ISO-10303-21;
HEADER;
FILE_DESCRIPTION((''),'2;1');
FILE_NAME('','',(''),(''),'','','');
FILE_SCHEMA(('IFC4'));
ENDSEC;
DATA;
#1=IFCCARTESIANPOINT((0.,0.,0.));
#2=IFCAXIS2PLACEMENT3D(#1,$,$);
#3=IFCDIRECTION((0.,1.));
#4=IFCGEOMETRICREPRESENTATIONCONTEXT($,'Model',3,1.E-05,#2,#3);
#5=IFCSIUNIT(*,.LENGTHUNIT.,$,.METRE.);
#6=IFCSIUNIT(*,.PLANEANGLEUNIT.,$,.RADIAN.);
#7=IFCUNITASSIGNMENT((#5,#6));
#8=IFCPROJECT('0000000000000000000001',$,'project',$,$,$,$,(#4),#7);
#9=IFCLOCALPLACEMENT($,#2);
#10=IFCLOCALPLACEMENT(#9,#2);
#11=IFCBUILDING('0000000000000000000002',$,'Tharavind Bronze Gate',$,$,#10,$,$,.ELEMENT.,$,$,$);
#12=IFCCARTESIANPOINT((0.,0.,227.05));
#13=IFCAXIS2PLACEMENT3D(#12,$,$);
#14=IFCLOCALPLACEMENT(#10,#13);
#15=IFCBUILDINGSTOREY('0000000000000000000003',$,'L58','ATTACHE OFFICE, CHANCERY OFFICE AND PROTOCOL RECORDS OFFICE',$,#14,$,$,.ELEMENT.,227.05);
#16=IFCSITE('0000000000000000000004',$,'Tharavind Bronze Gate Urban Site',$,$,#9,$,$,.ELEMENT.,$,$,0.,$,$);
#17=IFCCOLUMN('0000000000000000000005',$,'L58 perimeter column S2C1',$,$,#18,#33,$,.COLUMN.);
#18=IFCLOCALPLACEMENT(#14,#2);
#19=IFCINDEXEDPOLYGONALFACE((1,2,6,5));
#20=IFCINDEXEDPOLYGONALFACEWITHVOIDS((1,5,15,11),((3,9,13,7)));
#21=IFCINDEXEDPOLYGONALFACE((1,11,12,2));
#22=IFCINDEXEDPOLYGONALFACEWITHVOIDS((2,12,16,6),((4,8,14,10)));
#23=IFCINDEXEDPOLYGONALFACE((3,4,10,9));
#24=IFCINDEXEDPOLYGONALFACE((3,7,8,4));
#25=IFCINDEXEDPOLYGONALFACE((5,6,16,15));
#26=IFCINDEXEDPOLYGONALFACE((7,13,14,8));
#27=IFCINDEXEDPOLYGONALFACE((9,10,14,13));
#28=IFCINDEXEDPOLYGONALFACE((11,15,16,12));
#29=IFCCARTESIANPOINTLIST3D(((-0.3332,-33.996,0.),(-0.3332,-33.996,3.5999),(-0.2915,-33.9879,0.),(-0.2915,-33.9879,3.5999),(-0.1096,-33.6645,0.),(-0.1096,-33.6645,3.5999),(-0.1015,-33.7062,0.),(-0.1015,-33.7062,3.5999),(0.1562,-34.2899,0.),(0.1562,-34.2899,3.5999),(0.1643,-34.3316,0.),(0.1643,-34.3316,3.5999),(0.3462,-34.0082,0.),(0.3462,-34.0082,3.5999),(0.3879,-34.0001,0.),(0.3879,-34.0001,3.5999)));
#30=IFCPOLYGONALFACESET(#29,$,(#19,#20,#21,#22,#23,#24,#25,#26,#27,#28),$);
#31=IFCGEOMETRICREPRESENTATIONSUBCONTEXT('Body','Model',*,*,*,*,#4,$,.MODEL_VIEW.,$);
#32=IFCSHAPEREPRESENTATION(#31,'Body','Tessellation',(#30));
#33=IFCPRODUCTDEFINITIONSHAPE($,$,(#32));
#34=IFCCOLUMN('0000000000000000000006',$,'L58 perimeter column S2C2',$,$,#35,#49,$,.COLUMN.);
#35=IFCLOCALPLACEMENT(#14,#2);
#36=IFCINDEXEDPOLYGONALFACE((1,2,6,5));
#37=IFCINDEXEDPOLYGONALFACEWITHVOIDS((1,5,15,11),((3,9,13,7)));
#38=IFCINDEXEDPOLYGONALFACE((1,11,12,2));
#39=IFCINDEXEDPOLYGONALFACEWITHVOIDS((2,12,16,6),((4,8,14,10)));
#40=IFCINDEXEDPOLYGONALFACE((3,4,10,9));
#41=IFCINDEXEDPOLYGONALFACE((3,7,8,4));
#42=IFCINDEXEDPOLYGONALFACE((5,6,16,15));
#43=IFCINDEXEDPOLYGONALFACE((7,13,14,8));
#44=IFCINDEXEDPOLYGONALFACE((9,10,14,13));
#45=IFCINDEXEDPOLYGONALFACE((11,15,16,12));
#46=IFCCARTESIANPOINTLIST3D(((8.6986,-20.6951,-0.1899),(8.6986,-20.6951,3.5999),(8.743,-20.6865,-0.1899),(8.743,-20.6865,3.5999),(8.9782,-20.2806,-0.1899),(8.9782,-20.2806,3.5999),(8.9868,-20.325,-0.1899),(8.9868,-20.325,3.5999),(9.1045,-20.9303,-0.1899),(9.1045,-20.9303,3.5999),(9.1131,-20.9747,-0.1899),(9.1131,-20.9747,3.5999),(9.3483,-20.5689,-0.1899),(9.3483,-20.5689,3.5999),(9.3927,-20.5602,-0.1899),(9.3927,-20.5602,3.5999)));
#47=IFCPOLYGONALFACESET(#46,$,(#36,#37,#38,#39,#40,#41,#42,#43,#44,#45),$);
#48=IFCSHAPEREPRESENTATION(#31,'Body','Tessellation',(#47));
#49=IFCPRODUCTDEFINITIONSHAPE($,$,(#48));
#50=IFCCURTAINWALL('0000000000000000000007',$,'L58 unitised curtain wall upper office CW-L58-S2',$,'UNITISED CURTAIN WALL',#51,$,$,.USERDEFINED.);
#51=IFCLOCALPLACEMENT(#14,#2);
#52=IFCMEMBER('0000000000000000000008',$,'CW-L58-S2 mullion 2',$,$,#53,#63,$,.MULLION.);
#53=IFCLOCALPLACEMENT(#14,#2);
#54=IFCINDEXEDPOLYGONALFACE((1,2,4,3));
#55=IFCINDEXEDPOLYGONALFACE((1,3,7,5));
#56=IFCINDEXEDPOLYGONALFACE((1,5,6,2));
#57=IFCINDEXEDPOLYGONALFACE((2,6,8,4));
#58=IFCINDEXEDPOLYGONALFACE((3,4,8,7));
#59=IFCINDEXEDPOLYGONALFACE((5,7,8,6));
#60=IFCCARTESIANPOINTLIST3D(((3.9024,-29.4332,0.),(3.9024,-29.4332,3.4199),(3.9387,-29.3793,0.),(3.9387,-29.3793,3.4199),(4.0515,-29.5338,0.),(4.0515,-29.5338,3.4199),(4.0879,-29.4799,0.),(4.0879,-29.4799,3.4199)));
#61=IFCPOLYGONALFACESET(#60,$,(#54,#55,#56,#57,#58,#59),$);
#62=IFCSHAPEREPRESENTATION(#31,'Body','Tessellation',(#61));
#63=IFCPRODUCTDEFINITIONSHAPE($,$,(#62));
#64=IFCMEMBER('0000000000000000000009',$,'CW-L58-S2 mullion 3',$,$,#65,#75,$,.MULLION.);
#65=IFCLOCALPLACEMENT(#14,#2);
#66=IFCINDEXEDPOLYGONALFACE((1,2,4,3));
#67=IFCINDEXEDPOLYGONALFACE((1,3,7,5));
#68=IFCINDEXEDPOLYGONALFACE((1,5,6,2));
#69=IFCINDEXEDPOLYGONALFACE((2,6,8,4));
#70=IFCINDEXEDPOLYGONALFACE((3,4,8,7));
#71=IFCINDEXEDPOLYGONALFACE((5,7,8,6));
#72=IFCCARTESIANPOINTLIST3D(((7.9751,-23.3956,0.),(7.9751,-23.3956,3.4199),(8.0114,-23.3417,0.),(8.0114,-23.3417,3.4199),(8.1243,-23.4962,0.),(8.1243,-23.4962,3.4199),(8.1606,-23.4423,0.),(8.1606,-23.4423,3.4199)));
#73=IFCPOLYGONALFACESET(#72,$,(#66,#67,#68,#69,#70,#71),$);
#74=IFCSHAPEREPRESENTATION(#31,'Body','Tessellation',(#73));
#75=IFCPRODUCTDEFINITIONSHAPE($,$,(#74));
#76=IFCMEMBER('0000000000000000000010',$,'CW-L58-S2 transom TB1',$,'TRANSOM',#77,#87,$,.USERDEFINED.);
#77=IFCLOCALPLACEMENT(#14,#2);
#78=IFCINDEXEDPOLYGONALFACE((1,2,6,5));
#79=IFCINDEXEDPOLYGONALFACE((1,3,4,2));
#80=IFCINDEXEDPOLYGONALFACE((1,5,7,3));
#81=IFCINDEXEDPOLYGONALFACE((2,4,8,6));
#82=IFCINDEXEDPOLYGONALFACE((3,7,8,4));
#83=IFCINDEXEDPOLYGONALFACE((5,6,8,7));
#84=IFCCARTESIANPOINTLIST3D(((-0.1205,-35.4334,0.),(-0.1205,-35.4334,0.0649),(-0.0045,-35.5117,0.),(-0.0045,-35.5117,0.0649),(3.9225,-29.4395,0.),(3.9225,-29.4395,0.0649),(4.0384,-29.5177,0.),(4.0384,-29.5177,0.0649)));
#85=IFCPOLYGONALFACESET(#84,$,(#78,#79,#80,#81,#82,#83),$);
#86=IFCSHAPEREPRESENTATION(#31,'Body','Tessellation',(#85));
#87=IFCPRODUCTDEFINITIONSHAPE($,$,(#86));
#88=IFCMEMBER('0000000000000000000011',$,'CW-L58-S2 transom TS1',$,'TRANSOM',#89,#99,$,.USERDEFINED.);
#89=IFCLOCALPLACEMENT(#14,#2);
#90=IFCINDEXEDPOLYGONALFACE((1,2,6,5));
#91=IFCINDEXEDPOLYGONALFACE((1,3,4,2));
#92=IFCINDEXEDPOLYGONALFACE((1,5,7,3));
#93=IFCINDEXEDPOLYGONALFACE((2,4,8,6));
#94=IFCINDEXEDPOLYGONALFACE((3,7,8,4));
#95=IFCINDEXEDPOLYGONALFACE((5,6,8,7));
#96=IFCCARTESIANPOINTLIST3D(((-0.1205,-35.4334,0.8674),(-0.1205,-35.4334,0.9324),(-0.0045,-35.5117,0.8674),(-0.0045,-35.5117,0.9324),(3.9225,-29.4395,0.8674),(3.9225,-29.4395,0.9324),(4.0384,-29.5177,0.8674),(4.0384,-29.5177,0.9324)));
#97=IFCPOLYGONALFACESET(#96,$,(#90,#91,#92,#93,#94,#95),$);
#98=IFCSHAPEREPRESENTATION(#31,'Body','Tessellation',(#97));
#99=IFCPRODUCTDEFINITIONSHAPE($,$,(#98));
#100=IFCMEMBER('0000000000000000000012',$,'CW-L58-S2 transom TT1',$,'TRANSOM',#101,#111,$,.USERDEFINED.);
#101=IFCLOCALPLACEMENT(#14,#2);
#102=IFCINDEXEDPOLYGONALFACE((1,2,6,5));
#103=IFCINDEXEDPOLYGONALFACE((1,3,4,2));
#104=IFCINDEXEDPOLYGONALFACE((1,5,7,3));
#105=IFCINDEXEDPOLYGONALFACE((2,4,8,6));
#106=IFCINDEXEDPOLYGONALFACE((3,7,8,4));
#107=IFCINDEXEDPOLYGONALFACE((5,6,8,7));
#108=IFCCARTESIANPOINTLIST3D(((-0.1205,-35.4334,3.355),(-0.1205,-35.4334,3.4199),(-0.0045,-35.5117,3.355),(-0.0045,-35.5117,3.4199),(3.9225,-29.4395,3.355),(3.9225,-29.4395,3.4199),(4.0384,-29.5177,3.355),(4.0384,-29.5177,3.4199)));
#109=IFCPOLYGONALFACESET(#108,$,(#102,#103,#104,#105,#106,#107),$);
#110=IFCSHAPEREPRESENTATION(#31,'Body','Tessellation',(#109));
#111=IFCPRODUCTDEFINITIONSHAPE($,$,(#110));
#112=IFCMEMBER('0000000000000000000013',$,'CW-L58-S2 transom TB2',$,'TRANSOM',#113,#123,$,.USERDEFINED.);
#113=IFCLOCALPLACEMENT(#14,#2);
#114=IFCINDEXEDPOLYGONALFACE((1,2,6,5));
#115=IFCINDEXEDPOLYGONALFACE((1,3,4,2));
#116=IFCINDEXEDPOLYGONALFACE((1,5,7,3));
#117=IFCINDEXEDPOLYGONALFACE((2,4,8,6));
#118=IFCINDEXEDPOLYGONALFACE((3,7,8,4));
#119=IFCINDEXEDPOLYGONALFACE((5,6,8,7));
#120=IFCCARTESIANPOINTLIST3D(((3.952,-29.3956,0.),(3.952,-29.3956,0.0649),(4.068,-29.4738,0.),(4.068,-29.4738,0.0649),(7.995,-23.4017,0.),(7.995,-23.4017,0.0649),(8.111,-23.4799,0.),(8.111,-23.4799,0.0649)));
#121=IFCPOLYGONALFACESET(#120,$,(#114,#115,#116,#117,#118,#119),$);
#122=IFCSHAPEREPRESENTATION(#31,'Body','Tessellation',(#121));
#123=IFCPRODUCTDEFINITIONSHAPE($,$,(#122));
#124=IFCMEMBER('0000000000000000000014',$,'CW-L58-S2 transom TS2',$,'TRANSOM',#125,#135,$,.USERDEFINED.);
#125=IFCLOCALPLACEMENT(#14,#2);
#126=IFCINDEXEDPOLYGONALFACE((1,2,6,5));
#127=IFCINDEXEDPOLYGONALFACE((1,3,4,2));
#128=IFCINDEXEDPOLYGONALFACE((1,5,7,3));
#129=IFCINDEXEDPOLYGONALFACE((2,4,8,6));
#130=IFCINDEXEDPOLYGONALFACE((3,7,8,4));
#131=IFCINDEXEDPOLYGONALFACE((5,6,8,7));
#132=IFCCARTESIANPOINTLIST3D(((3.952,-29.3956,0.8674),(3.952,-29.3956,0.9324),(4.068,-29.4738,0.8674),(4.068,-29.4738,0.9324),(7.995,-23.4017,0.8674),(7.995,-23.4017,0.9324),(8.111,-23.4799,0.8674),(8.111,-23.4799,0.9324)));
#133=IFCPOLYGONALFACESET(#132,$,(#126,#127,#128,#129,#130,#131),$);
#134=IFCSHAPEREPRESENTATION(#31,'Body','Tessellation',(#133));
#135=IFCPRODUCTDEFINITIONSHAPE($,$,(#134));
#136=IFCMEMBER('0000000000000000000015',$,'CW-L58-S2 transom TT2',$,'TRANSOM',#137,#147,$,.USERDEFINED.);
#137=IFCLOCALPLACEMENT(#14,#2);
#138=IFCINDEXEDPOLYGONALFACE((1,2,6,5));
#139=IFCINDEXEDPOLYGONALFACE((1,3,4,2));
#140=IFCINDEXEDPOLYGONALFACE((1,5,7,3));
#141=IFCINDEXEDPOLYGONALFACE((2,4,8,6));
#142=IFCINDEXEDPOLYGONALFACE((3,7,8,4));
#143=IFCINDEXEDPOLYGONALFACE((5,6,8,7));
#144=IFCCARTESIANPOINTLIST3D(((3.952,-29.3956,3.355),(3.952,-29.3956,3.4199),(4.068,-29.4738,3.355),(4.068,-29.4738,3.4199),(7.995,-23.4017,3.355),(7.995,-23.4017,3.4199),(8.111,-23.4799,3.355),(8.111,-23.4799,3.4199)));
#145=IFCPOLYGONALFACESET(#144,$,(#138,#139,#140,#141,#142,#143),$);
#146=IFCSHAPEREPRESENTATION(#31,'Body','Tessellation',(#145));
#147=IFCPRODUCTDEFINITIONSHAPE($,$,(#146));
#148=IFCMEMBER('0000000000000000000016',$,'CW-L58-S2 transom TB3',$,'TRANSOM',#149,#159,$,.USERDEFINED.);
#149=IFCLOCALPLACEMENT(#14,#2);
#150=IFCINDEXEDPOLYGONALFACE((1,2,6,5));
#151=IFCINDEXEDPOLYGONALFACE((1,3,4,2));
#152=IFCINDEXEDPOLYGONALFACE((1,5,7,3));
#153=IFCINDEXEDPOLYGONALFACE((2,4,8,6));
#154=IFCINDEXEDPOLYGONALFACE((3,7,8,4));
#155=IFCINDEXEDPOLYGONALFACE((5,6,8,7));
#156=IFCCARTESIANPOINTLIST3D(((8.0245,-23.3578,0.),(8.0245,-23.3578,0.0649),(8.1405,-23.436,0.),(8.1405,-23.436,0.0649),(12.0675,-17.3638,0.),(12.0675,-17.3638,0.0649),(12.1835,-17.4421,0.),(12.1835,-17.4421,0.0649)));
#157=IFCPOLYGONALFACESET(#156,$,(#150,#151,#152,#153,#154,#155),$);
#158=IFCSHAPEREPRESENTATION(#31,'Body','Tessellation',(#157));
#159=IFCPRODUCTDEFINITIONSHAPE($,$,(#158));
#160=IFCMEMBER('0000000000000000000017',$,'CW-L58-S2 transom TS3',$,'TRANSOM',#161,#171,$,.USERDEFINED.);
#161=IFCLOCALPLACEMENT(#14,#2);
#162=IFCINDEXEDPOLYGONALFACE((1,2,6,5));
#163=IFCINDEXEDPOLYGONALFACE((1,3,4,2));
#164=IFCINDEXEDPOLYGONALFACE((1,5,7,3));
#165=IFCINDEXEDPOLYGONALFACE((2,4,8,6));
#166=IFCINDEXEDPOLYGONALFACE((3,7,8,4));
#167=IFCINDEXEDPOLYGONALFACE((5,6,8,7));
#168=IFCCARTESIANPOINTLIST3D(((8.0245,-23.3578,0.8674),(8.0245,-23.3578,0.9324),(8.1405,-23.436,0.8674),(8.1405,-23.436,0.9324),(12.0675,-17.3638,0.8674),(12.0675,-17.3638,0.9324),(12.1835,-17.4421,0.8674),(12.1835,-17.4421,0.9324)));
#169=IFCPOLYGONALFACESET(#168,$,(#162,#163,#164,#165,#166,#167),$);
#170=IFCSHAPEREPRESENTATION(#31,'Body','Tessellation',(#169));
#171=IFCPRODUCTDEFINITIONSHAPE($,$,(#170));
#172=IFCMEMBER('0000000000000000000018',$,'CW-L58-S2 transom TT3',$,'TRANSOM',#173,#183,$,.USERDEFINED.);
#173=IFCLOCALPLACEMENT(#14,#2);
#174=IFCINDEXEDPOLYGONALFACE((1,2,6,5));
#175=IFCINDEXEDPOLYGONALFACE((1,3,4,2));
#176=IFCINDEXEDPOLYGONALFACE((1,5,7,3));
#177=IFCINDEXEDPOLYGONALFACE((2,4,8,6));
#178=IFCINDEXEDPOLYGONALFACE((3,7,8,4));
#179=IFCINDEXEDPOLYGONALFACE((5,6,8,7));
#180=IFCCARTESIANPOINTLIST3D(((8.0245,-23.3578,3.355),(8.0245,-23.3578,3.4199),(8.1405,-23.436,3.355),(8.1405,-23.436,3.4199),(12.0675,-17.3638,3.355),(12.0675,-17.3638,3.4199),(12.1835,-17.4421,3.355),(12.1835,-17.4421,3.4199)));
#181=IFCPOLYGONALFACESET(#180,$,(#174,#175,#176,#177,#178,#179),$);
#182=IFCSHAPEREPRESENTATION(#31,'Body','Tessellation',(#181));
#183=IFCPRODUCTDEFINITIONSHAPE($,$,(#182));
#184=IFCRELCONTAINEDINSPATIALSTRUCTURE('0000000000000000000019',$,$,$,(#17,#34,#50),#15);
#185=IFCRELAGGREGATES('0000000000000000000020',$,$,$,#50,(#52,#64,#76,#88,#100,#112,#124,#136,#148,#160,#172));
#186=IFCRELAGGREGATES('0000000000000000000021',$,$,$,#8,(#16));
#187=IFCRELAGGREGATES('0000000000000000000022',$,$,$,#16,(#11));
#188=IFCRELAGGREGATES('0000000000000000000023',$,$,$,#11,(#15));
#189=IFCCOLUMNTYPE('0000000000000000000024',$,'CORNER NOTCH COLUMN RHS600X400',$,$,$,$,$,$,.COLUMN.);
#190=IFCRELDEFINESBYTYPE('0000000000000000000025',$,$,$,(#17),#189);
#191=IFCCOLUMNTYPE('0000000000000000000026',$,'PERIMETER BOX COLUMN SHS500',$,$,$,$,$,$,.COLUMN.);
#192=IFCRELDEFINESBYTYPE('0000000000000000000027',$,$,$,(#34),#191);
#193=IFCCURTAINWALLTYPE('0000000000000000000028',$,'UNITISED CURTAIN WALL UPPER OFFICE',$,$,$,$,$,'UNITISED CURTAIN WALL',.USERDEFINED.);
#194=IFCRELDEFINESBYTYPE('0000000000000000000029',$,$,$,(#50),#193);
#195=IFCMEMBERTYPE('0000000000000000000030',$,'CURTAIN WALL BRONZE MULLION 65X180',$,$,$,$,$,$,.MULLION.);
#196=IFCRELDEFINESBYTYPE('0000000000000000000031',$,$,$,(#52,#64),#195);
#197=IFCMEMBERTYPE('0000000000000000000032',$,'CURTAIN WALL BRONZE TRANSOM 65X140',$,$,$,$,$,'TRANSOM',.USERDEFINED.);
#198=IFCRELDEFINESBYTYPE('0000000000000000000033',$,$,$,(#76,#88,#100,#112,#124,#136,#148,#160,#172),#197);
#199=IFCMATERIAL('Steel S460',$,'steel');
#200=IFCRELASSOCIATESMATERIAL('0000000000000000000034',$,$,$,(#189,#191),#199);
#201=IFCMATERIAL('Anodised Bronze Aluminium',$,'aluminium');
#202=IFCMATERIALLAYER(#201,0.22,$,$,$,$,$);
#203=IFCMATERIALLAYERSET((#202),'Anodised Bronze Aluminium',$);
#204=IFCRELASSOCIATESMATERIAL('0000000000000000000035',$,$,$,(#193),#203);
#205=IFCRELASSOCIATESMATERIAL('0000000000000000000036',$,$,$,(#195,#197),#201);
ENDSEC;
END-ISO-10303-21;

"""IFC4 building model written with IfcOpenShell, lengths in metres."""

from ifc_helpers import new_model, si_unit, direction, frame, origin, origin_2d, place, context, subcontext, project, spatial, rectangle, hollow_rectangle, extrude, material, layer, layer_set, material_profile, profile_set, type_object, element, aggregate, save


model = new_model("IFC4")

# Units and contexts
model_context = context("Model", 3, precision=1e-05, world=origin(), true_north=direction((0.0, 1.0)))
body_context = subcontext(model_context, "Body", "Model", "MODEL_VIEW")
ifc_project = project(units=[si_unit("LENGTHUNIT", "METRE"), si_unit("PLANEANGLEUNIT", "RADIAN")], contexts=[model_context])

# Site, building, storey
site_placement = place(None, origin())
site = spatial("IfcSite", under=ifc_project, at=site_placement, Name="Tharavind Bronze Gate Urban Site", CompositionType="ELEMENT", RefElevation=0.0)
building_placement = place(site_placement, origin())
building = spatial("IfcBuilding", under=site, at=building_placement, Name="Tharavind Bronze Gate", CompositionType="ELEMENT")
storey_placement = place(building_placement, frame((0.0, 0.0, 227.05)))
storey = spatial("IfcBuildingStorey", under=building, at=storey_placement, Name="L58", Description="ATTACHE OFFICE, CHANCERY OFFICE AND PROTOCOL RECORDS OFFICE", CompositionType="ELEMENT", Elevation=227.05)

# Columns
ifc_material_1 = material(Name="Steel S460", Category="steel")
ifc_material_profile_1 = material_profile(ifc_material_1, hollow_rectangle(XDim=0.3999, YDim=0.6001, WallThickness=0.03, at=origin_2d()), Name="RHS600X400X30")
ifc_profile_set_1 = profile_set([ifc_material_profile_1], Name="Steel S460")
column_type_1 = type_object("IfcColumnType", Name="CORNER NOTCH COLUMN RHS600X400", PredefinedType="COLUMN", material=ifc_profile_set_1)
column_1_placement = place(storey_placement, frame((0.0273, -33.998, 0.0), z_axis=(0.0, 0.0, 1.0), x_axis=(0.559194, 0.829037, 0.0)))
element("IfcColumn", 1, at=column_1_placement, inside=storey, type_object=column_type_1, Name="L58 perimeter column S2C1", PredefinedType="COLUMN", context=body_context, shape_type="SweptSolid", body=[
    extrude(hollow_rectangle(XDim=0.3999, YDim=0.6001, WallThickness=0.03, at=origin_2d()), origin(), (0.0, 0.0, 1.0), 3.5999),
])
ifc_material_profile_2 = material_profile(ifc_material_1, hollow_rectangle(XDim=0.5, YDim=0.5, WallThickness=0.032, at=origin_2d()), Name="SHS500X32")
ifc_profile_set_2 = profile_set([ifc_material_profile_2], Name="Steel S460")
column_type_2 = type_object("IfcColumnType", Name="PERIMETER BOX COLUMN SHS500", PredefinedType="COLUMN", material=ifc_profile_set_2)
column_2_placement = place(storey_placement, frame((9.0457, -20.6277, -0.1899), z_axis=(0.0, 0.0, 1.0), x_axis=(0.559194, 0.829037, 0.0)))
element("IfcColumn", 2, at=column_2_placement, inside=storey, type_object=column_type_2, Name="L58 perimeter column S2C2", PredefinedType="COLUMN", context=body_context, shape_type="SweptSolid", body=[
    extrude(hollow_rectangle(XDim=0.5, YDim=0.5, WallThickness=0.032, at=origin_2d()), origin(), (0.0, 0.0, 1.0), 3.7898),
])

# Curtain wall, members
ifc_material_2 = material(Name="Anodised Bronze Aluminium", Category="aluminium")
ifc_layer_1 = layer(ifc_material_2, 0.22)
ifc_layer_set_1 = layer_set([ifc_layer_1], Name="Anodised Bronze Aluminium")
curtain_wall_type = type_object("IfcCurtainWallType", Name="UNITISED CURTAIN WALL UPPER OFFICE", ElementType="UNITISED CURTAIN WALL", PredefinedType="USERDEFINED", material=ifc_layer_set_1)
curtain_wall_placement = place(storey_placement, origin())
curtain_wall = element("IfcCurtainWall", 3, at=curtain_wall_placement, inside=storey, type_object=curtain_wall_type, Name="L58 unitised curtain wall upper office CW-L58-S2", ObjectType="UNITISED CURTAIN WALL", PredefinedType="USERDEFINED")
member_type_1 = type_object("IfcMemberType", Name="CURTAIN WALL BRONZE MULLION 65X180", PredefinedType="MULLION", material=ifc_material_2)
member_1_placement = place(storey_placement, frame((3.9951, -29.4565, 0.0), z_axis=(0.0, 0.0, 1.0), x_axis=(0.559193, 0.829038, 0.0)))
member_1 = element("IfcMember", 4, at=member_1_placement, type_object=member_type_1, Name="CW-L58-S2 mullion 2", PredefinedType="MULLION", context=body_context, shape_type="SweptSolid", body=[
    extrude(rectangle(XDim=0.0649, YDim=0.1799, at=origin_2d()), origin(), (0.0, 0.0, 1.0), 3.4199),
])
member_2_placement = place(storey_placement, frame((8.0679, -23.4189, 0.0), z_axis=(0.0, 0.0, 1.0), x_axis=(0.559193, 0.829038, 0.0)))
member_2 = element("IfcMember", 5, at=member_2_placement, type_object=member_type_1, Name="CW-L58-S2 mullion 3", PredefinedType="MULLION", context=body_context, shape_type="SweptSolid", body=[
    extrude(rectangle(XDim=0.0649, YDim=0.1799, at=origin_2d()), origin(), (0.0, 0.0, 1.0), 3.4199),
])
member_type_2 = type_object("IfcMemberType", Name="CURTAIN WALL BRONZE TRANSOM 65X140", ElementType="TRANSOM", PredefinedType="USERDEFINED", material=ifc_material_2)
member_3_placement = place(storey_placement, frame((1.959, -32.4756, 0.0), z_axis=(0.0, 0.0, 1.0), x_axis=(0.559193, 0.829038, 0.0)))
member_3 = element("IfcMember", 6, at=member_3_placement, type_object=member_type_2, Name="CW-L58-S2 transom TB1", ObjectType="TRANSOM", PredefinedType="USERDEFINED", context=body_context, shape_type="SweptSolid", body=[
    extrude(rectangle(XDim=7.23, YDim=0.1399, at=origin_2d()), origin(), (0.0, 0.0, 1.0), 0.0649),
])
member_4_placement = place(storey_placement, frame((1.959, -32.4756, 0.8674), z_axis=(0.0, 0.0, 1.0), x_axis=(0.559193, 0.829038, 0.0)))
member_4 = element("IfcMember", 7, at=member_4_placement, type_object=member_type_2, Name="CW-L58-S2 transom TS1", ObjectType="TRANSOM", PredefinedType="USERDEFINED", context=body_context, shape_type="SweptSolid", body=[
    extrude(rectangle(XDim=7.23, YDim=0.1399, at=origin_2d()), origin(), (0.0, 0.0, 1.0), 0.0649),
])
member_5_placement = place(storey_placement, frame((1.959, -32.4756, 3.355), z_axis=(0.0, 0.0, 1.0), x_axis=(0.559193, 0.829038, 0.0)))
member_5 = element("IfcMember", 8, at=member_5_placement, type_object=member_type_2, Name="CW-L58-S2 transom TT1", ObjectType="TRANSOM", PredefinedType="USERDEFINED", context=body_context, shape_type="SweptSolid", body=[
    extrude(rectangle(XDim=7.23, YDim=0.1399, at=origin_2d()), origin(), (0.0, 0.0, 1.0), 0.0649),
])
member_6_placement = place(storey_placement, frame((6.0315, -26.4377, 0.0), z_axis=(0.0, 0.0, 1.0), x_axis=(0.559193, 0.829038, 0.0)))
member_6 = element("IfcMember", 9, at=member_6_placement, type_object=member_type_2, Name="CW-L58-S2 transom TB2", ObjectType="TRANSOM", PredefinedType="USERDEFINED", context=body_context, shape_type="SweptSolid", body=[
    extrude(rectangle(XDim=7.23, YDim=0.1399, at=origin_2d()), origin(), (0.0, 0.0, 1.0), 0.0649),
])
member_7_placement = place(storey_placement, frame((6.0315, -26.4377, 0.8674), z_axis=(0.0, 0.0, 1.0), x_axis=(0.559193, 0.829038, 0.0)))
member_7 = element("IfcMember", 10, at=member_7_placement, type_object=member_type_2, Name="CW-L58-S2 transom TS2", ObjectType="TRANSOM", PredefinedType="USERDEFINED", context=body_context, shape_type="SweptSolid", body=[
    extrude(rectangle(XDim=7.23, YDim=0.1399, at=origin_2d()), origin(), (0.0, 0.0, 1.0), 0.0649),
])
member_8_placement = place(storey_placement, frame((6.0315, -26.4377, 3.355), z_axis=(0.0, 0.0, 1.0), x_axis=(0.559193, 0.829038, 0.0)))
member_8 = element("IfcMember", 11, at=member_8_placement, type_object=member_type_2, Name="CW-L58-S2 transom TT2", ObjectType="TRANSOM", PredefinedType="USERDEFINED", context=body_context, shape_type="SweptSolid", body=[
    extrude(rectangle(XDim=7.23, YDim=0.1399, at=origin_2d()), origin(), (0.0, 0.0, 1.0), 0.0649),
])
member_9_placement = place(storey_placement, frame((10.104, -20.3999, 0.0), z_axis=(0.0, 0.0, 1.0), x_axis=(0.559193, 0.829038, 0.0)))
member_9 = element("IfcMember", 12, at=member_9_placement, type_object=member_type_2, Name="CW-L58-S2 transom TB3", ObjectType="TRANSOM", PredefinedType="USERDEFINED", context=body_context, shape_type="SweptSolid", body=[
    extrude(rectangle(XDim=7.23, YDim=0.1399, at=origin_2d()), origin(), (0.0, 0.0, 1.0), 0.0649),
])
member_10_placement = place(storey_placement, frame((10.104, -20.3999, 0.8674), z_axis=(0.0, 0.0, 1.0), x_axis=(0.559193, 0.829038, 0.0)))
member_10 = element("IfcMember", 13, at=member_10_placement, type_object=member_type_2, Name="CW-L58-S2 transom TS3", ObjectType="TRANSOM", PredefinedType="USERDEFINED", context=body_context, shape_type="SweptSolid", body=[
    extrude(rectangle(XDim=7.23, YDim=0.1399, at=origin_2d()), origin(), (0.0, 0.0, 1.0), 0.0649),
])
member_11_placement = place(storey_placement, frame((10.104, -20.3999, 3.355), z_axis=(0.0, 0.0, 1.0), x_axis=(0.559193, 0.829038, 0.0)))
member_11 = element("IfcMember", 14, at=member_11_placement, type_object=member_type_2, Name="CW-L58-S2 transom TT3", ObjectType="TRANSOM", PredefinedType="USERDEFINED", context=body_context, shape_type="SweptSolid", body=[
    extrude(rectangle(XDim=7.23, YDim=0.1399, at=origin_2d()), origin(), (0.0, 0.0, 1.0), 0.0649),
])

aggregate(curtain_wall, [member_1, member_2, member_3, member_4, member_5, member_6, member_7, member_8, member_9, member_10, member_11])

save(model, "model.ifc")
